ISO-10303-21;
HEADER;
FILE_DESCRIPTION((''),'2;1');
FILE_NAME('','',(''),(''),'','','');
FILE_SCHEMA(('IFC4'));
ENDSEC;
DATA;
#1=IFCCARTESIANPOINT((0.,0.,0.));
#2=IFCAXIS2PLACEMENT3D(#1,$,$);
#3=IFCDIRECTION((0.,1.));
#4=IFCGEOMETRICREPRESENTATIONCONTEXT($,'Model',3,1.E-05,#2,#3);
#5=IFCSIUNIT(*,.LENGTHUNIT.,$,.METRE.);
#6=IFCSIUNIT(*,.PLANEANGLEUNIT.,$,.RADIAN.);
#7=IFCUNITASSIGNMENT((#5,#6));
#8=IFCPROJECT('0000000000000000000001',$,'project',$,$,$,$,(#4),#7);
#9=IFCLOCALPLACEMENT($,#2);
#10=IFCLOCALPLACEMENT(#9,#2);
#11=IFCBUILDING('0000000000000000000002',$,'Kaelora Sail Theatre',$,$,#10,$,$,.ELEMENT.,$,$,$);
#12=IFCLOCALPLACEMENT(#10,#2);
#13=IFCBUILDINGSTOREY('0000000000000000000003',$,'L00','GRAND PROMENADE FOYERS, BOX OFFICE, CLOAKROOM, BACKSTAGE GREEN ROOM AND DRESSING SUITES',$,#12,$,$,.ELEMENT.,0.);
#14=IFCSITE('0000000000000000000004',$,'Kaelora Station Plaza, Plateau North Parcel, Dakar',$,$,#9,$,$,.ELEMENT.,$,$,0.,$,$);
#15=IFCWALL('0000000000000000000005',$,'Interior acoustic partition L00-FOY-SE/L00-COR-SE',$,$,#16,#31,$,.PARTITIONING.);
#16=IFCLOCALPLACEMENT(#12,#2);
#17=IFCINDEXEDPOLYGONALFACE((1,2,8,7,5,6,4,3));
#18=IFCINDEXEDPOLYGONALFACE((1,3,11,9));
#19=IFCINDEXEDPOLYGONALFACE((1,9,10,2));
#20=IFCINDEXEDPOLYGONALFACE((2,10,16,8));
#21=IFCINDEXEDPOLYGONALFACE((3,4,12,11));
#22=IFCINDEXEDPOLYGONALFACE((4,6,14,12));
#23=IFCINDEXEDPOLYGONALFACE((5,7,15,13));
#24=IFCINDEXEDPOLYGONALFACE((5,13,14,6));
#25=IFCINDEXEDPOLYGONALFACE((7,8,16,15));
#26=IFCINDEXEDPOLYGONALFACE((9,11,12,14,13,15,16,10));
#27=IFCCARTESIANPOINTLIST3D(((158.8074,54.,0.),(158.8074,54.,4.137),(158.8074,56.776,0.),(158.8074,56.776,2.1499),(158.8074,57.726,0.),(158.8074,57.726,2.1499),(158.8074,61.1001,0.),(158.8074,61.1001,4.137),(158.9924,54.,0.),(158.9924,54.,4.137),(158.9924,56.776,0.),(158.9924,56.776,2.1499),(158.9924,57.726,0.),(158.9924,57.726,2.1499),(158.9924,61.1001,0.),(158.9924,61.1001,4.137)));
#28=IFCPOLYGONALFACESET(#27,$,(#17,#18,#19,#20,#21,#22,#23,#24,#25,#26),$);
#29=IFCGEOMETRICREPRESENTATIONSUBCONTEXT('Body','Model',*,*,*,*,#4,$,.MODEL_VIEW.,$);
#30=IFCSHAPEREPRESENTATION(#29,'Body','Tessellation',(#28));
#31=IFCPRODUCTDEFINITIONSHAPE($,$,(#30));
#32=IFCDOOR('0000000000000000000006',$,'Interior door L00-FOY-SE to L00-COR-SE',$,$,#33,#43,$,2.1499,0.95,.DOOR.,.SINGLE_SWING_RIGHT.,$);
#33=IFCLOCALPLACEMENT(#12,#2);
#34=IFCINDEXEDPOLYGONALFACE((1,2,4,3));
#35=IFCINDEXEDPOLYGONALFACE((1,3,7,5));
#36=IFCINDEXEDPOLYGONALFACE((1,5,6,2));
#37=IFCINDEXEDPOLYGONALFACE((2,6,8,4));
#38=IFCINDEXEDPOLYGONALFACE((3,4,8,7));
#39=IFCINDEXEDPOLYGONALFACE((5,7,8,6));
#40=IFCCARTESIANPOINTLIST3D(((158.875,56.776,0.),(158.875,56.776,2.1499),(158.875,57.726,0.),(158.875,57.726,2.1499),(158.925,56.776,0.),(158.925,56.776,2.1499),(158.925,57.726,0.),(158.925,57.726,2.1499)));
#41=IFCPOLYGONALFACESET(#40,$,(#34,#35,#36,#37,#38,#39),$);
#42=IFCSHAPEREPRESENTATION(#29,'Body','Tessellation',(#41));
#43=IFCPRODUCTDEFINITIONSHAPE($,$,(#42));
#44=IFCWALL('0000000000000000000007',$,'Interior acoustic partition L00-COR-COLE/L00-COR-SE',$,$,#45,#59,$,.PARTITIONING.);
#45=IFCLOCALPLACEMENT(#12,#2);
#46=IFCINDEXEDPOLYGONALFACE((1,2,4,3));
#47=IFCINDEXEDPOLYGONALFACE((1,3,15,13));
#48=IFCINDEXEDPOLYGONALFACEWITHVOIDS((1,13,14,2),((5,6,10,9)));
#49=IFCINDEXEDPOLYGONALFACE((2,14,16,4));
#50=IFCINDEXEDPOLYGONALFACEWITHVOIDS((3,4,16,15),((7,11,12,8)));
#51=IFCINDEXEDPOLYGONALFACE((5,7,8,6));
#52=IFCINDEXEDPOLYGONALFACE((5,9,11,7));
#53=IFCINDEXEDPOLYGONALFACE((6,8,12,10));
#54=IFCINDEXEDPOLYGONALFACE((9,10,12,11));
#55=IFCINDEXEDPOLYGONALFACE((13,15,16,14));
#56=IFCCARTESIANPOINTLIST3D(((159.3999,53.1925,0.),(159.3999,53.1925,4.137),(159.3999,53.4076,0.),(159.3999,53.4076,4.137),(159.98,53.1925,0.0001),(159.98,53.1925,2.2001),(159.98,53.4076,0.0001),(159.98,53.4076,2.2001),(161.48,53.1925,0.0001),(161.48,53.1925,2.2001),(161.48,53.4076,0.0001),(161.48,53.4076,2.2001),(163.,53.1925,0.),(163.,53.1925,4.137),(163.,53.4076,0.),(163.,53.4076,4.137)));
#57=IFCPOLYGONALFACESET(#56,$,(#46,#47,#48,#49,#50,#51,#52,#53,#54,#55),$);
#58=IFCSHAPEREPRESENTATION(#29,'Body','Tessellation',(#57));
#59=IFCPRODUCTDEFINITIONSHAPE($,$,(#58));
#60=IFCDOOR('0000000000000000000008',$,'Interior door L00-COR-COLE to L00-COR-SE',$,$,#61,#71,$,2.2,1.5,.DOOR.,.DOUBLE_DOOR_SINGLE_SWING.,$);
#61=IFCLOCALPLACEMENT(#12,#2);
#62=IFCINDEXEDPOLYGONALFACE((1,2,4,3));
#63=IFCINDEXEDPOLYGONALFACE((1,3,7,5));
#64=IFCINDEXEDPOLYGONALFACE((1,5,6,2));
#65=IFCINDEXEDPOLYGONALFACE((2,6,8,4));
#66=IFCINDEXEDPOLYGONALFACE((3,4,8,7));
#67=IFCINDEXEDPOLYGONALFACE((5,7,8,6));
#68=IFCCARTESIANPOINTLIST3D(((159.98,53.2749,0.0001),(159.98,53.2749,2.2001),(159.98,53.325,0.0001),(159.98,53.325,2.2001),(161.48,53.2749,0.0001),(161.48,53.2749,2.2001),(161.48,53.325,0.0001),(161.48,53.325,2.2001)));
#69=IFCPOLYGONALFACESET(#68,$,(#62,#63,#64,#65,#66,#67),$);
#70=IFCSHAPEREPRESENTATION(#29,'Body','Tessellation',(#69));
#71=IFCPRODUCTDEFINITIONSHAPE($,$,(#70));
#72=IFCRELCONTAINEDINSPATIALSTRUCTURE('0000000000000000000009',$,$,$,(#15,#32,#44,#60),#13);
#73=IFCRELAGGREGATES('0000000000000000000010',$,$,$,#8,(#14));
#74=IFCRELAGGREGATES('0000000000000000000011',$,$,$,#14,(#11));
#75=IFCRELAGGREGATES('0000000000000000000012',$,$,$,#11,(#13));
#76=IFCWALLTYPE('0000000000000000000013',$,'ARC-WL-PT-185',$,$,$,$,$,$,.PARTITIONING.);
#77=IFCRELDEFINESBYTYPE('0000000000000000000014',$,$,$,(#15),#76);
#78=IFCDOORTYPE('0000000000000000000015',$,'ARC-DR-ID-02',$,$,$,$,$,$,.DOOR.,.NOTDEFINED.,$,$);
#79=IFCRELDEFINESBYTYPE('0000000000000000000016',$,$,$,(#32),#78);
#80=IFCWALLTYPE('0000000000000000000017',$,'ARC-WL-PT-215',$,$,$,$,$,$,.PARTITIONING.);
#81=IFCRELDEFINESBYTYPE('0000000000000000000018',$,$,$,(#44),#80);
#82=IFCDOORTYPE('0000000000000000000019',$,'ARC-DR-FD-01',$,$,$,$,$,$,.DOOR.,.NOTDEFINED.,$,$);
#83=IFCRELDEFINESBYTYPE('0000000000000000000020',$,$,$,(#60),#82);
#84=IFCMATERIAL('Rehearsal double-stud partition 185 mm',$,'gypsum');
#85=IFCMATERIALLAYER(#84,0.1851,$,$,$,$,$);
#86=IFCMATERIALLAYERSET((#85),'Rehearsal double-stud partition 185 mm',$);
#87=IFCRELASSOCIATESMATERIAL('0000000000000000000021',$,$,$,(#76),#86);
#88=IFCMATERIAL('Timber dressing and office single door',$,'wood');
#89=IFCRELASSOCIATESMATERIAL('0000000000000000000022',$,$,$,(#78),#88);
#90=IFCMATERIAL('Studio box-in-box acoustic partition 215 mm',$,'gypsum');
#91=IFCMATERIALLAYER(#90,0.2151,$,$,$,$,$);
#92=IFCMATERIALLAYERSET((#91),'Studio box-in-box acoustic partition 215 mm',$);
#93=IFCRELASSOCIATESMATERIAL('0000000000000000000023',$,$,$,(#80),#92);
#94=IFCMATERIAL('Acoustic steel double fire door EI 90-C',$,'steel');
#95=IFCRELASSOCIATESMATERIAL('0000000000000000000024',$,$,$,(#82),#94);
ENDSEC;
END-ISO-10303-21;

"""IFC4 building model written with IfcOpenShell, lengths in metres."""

from ifc_helpers import new_model, si_unit, direction, frame, frame_2d, origin, place, context, subcontext, project, spatial, rectangle, extrude, material, layer, layer_set, type_object, element, fill, save


model = new_model("IFC4")

# Units and contexts
model_context = context("Model", 3, precision=1e-05, world=origin(), true_north=direction((0.0, 1.0)))
body_context = subcontext(model_context, "Body", "Model", "MODEL_VIEW")
ifc_project = project(units=[si_unit("LENGTHUNIT", "METRE"), si_unit("PLANEANGLEUNIT", "RADIAN")], contexts=[model_context])

# Site, building, storey
site_placement = place(None, origin())
site = spatial("IfcSite", under=ifc_project, at=site_placement, Name="Kaelora Station Plaza, Plateau North Parcel, Dakar", CompositionType="ELEMENT", RefElevation=0.0)
building_placement = place(site_placement, origin())
building = spatial("IfcBuilding", under=site, at=building_placement, Name="Kaelora Sail Theatre", CompositionType="ELEMENT")
storey_placement = place(building_placement, origin())
storey = spatial("IfcBuildingStorey", under=building, at=storey_placement, Name="L00", Description="GRAND PROMENADE FOYERS, BOX OFFICE, CLOAKROOM, BACKSTAGE GREEN ROOM AND DRESSING SUITES", CompositionType="ELEMENT", Elevation=0.0)

# Walls, openings, doors
ifc_material_1 = material(Name="Rehearsal double-stud partition 185 mm", Category="gypsum")
ifc_layer_1 = layer(ifc_material_1, 0.1851)
ifc_layer_set_1 = layer_set([ifc_layer_1], Name="Rehearsal double-stud partition 185 mm")
wall_type_1 = type_object("IfcWallType", Name="ARC-WL-PT-185", PredefinedType="PARTITIONING", material=ifc_layer_set_1)
wall_1_placement = place(storey_placement, frame((158.8999, 54.0, 0.0), z_axis=(0.0, 0.0, 1.0), x_axis=(0.0, 1.0, 0.0)))
wall_1 = element("IfcWall", 1, at=wall_1_placement, inside=storey, type_object=wall_type_1, Name="Interior acoustic partition L00-FOY-SE/L00-COR-SE", PredefinedType="PARTITIONING", context=body_context, shape_type="SweptSolid", body=[
    extrude(rectangle(XDim=7.1001, YDim=0.1851, at=frame_2d((3.55, 0.0))), origin(), (0.0, 0.0, 1.0), 4.137),
])
opening_1_placement = place(wall_1_placement, frame((2.7759, 0.0, 0.0)))
opening_1 = element("IfcOpeningElement", 2, at=opening_1_placement, cuts=wall_1, PredefinedType="OPENING", context=body_context, shape_type="SweptSolid", body=[
    extrude(rectangle(XDim=0.95, YDim=2.1499, at=frame_2d((0.4751, 1.075))), frame((0.0, 0.1025, 0.0), z_axis=(0.0, -1.0, 0.0), x_axis=(1.0, 0.0, 0.0)), (0.0, 0.0, 1.0), 0.2051),
])
ifc_material_2 = material(Name="Timber dressing and office single door", Category="wood")
door_type_1 = type_object("IfcDoorType", Name="ARC-DR-ID-02", OperationType="NOTDEFINED", PredefinedType="DOOR", material=ifc_material_2)
door_1_placement = place(opening_1_placement, origin())
door_1 = element("IfcDoor", 3, at=door_1_placement, inside=storey, type_object=door_type_1, Name="Interior door L00-FOY-SE to L00-COR-SE", OperationType="SINGLE_SWING_RIGHT", OverallHeight=2.1499, OverallWidth=0.95, PredefinedType="DOOR", context=body_context, shape_type="SweptSolid", body=[
    extrude(rectangle(XDim=0.95, YDim=2.1499, at=frame_2d((0.4751, 1.075))), frame((0.0, 0.0249, 0.0), z_axis=(0.0, -1.0, 0.0), x_axis=(1.0, 0.0, 0.0)), (0.0, 0.0, 1.0), 0.05),
])
fill(opening_1, door_1)
ifc_material_3 = material(Name="Studio box-in-box acoustic partition 215 mm", Category="gypsum")
ifc_layer_2 = layer(ifc_material_3, 0.2151)
ifc_layer_set_2 = layer_set([ifc_layer_2], Name="Studio box-in-box acoustic partition 215 mm")
wall_type_2 = type_object("IfcWallType", Name="ARC-WL-PT-215", PredefinedType="PARTITIONING", material=ifc_layer_set_2)
wall_2_placement = place(storey_placement, frame((159.3999, 53.3, 0.0), z_axis=(0.0, 0.0, 1.0), x_axis=(1.0, 0.0, 0.0)))
wall_2 = element("IfcWall", 4, at=wall_2_placement, inside=storey, type_object=wall_type_2, Name="Interior acoustic partition L00-COR-COLE/L00-COR-SE", PredefinedType="PARTITIONING", context=body_context, shape_type="SweptSolid", body=[
    extrude(rectangle(XDim=3.6001, YDim=0.2151, at=frame_2d((1.8, 0.0))), origin(), (0.0, 0.0, 1.0), 4.137),
])
opening_2_placement = place(wall_2_placement, frame((0.5801, 0.0, 0.0)))
opening_2 = element("IfcOpeningElement", 5, at=opening_2_placement, cuts=wall_2, PredefinedType="OPENING", context=body_context, shape_type="SweptSolid", body=[
    extrude(rectangle(XDim=1.5, YDim=2.2, at=frame_2d((0.75, 1.1001))), frame((0.0, 0.1174, 0.0), z_axis=(0.0, -1.0, 0.0), x_axis=(1.0, 0.0, 0.0)), (0.0, 0.0, 1.0), 0.2351),
])
ifc_material_4 = material(Name="Acoustic steel double fire door EI 90-C", Category="steel")
door_type_2 = type_object("IfcDoorType", Name="ARC-DR-FD-01", OperationType="NOTDEFINED", PredefinedType="DOOR", material=ifc_material_4)
door_2_placement = place(opening_2_placement, origin())
door_2 = element("IfcDoor", 6, at=door_2_placement, inside=storey, type_object=door_type_2, Name="Interior door L00-COR-COLE to L00-COR-SE", OperationType="DOUBLE_DOOR_SINGLE_SWING", OverallHeight=2.2, OverallWidth=1.5, PredefinedType="DOOR", context=body_context, shape_type="SweptSolid", body=[
    extrude(rectangle(XDim=1.5, YDim=2.2, at=frame_2d((0.75, 1.1001))), frame((0.0, 0.0249, 0.0), z_axis=(0.0, -1.0, 0.0), x_axis=(1.0, 0.0, 0.0)), (0.0, 0.0, 1.0), 0.05),
])
fill(opening_2, door_2)

save(model, "model.ifc")
